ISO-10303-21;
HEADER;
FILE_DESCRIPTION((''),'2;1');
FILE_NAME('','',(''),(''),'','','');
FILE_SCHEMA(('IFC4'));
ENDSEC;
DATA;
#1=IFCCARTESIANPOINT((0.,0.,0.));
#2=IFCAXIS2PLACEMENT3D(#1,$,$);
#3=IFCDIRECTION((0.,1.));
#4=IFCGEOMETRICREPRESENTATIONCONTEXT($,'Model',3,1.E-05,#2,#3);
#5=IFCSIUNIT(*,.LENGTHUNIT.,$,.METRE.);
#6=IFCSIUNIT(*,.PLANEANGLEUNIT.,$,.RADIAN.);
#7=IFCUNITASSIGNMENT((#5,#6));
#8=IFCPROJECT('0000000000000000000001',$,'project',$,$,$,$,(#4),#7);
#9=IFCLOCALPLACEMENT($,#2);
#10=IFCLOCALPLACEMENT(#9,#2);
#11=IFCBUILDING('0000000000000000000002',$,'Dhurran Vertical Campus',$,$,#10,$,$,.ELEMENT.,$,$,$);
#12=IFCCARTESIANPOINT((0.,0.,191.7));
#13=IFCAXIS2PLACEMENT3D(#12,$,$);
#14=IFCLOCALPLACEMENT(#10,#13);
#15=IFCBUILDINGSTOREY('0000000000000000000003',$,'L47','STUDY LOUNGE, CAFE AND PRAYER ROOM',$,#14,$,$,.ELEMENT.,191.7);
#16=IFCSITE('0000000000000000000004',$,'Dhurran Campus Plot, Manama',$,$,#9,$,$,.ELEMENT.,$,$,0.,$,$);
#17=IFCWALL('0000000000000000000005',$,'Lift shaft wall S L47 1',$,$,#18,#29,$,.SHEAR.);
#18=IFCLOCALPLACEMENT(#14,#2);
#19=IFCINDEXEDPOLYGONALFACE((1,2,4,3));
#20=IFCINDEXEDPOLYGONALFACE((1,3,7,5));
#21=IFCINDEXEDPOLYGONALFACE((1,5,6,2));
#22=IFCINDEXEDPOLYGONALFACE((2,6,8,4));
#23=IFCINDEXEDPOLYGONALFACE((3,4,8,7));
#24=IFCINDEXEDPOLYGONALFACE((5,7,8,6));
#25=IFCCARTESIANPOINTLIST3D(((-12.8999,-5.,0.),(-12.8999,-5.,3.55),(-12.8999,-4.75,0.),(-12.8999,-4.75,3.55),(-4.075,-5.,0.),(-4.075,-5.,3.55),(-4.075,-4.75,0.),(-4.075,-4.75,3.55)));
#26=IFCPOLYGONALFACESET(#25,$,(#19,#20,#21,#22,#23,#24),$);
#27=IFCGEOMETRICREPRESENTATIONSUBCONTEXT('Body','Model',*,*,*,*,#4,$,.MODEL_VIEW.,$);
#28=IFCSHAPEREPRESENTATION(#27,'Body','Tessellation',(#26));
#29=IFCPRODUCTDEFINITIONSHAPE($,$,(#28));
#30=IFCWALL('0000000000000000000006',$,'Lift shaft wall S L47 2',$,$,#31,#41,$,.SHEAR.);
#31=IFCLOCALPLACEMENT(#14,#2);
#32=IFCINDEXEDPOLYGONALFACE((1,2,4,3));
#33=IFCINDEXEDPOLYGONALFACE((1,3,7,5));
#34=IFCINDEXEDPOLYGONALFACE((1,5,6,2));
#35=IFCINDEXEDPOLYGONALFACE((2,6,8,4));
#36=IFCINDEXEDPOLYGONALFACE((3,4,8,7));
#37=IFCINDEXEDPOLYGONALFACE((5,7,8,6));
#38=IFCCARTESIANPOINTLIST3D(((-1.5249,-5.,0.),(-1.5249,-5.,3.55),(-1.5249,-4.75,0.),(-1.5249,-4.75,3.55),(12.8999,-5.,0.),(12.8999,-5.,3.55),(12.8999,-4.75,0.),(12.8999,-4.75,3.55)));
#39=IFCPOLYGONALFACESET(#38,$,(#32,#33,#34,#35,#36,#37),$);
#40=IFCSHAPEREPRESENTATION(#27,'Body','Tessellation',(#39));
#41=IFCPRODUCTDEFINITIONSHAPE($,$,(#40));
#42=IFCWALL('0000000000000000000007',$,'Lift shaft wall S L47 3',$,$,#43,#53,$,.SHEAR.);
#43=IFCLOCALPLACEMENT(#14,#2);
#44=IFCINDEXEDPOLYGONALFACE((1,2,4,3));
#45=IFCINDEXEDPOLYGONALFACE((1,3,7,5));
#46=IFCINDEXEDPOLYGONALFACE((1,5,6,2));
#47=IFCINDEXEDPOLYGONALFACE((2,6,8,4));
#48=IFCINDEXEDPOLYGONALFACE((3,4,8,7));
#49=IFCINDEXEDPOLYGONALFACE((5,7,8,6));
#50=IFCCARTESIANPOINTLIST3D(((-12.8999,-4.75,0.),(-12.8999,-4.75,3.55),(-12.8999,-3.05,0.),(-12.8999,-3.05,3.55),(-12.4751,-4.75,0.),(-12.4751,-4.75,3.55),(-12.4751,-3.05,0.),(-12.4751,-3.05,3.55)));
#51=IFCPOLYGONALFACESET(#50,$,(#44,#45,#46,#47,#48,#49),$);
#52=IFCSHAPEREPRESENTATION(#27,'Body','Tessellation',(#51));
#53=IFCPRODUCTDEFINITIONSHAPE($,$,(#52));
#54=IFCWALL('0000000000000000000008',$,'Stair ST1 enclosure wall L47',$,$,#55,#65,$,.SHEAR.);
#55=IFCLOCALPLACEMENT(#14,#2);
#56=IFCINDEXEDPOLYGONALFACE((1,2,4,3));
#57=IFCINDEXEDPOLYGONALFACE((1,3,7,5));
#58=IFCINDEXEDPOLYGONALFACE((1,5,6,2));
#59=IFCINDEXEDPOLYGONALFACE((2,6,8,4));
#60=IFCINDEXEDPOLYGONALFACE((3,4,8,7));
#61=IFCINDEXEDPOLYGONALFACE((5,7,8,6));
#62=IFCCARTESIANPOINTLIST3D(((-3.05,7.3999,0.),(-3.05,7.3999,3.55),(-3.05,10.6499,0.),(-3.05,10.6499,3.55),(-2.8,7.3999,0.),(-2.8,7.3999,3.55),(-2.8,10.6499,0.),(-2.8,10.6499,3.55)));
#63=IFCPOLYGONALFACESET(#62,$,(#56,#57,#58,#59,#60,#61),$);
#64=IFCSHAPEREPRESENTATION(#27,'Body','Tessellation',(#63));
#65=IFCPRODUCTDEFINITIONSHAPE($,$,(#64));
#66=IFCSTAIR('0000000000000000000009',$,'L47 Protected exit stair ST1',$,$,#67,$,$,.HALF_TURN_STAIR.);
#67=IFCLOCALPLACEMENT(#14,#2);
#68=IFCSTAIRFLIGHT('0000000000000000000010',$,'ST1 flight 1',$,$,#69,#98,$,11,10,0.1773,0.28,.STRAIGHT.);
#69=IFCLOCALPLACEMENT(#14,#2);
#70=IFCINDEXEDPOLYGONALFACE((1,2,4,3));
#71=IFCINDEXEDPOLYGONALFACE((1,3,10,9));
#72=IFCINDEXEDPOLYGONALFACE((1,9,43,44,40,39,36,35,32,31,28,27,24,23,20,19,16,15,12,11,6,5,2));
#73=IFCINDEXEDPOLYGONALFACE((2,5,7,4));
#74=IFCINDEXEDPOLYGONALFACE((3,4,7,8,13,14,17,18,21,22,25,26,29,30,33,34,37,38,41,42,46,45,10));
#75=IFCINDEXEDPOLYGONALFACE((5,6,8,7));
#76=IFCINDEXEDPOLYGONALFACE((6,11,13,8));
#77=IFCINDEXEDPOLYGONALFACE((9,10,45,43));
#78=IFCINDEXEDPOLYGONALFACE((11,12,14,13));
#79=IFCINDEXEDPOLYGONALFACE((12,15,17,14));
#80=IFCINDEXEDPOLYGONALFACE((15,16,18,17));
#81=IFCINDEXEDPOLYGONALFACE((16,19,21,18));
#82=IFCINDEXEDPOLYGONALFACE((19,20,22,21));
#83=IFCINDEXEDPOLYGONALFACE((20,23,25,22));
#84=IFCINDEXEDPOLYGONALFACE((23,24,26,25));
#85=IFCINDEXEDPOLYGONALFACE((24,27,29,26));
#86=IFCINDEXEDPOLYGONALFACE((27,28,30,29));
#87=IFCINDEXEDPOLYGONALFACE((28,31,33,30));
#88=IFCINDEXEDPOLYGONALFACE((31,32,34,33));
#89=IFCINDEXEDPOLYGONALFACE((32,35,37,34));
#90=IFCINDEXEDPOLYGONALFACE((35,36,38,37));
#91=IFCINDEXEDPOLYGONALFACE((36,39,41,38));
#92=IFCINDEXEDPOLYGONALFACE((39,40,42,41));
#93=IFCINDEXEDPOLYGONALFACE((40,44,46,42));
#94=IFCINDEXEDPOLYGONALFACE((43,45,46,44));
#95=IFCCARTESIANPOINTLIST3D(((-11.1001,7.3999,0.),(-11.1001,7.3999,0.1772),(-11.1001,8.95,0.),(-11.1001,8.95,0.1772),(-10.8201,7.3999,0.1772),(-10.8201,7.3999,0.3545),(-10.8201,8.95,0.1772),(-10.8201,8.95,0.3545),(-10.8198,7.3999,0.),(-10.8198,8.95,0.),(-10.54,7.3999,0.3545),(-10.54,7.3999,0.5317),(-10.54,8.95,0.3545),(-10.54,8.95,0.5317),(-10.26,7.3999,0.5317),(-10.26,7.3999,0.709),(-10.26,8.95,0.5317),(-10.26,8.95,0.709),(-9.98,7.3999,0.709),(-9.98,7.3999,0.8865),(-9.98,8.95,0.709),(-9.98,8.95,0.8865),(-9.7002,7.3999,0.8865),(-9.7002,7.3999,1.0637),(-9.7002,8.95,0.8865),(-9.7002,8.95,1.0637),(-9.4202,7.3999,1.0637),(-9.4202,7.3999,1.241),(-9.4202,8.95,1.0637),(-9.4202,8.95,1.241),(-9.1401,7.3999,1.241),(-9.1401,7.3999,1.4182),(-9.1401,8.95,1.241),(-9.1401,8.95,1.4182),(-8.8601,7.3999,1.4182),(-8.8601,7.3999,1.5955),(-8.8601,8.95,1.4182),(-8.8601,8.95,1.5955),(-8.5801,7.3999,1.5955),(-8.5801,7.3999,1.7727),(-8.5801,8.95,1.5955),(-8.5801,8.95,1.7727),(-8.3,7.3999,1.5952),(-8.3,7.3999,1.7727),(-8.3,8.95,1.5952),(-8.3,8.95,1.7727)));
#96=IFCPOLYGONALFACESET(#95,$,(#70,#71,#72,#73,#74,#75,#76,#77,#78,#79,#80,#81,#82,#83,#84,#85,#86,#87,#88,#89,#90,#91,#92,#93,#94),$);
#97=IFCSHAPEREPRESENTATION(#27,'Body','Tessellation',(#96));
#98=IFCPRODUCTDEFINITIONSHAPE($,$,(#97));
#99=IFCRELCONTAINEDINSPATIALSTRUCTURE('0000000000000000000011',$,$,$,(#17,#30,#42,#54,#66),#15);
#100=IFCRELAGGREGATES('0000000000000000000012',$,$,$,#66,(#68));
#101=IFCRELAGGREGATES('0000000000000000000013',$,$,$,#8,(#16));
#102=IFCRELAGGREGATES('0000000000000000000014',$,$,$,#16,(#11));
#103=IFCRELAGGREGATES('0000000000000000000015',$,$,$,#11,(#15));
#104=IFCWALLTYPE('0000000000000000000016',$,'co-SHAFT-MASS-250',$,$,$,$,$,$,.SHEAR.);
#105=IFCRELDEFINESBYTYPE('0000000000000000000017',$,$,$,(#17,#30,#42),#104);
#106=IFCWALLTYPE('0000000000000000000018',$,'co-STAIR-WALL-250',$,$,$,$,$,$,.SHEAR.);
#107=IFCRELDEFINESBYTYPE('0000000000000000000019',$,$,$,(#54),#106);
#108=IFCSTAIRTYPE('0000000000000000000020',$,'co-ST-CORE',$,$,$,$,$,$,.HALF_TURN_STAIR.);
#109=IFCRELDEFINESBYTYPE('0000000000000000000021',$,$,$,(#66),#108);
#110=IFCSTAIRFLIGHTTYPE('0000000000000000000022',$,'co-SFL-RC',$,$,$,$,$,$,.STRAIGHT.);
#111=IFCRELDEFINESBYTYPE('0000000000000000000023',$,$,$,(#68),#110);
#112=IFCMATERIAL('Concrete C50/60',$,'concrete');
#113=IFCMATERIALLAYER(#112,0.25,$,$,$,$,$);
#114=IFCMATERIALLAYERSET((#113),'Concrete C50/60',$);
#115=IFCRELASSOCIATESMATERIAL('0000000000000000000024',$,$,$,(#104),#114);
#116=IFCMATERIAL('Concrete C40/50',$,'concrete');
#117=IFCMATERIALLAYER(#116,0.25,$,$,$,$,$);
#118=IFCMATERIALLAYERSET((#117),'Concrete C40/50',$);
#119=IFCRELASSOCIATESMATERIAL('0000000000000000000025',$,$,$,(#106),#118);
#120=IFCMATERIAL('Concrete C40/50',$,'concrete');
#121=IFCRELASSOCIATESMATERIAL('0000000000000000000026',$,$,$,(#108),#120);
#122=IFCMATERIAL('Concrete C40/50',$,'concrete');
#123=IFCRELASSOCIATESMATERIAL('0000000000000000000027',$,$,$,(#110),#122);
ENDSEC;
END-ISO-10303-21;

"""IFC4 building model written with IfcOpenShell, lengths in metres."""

from ifc_helpers import new_model, si_unit, direction, frame, frame_2d, origin, place, context, subcontext, project, spatial, polyline, rectangle, outline, extrude, material, layer, layer_set, type_object, element, aggregate, save


model = new_model("IFC4")

# Units and contexts
model_context = context("Model", 3, precision=1e-05, world=origin(), true_north=direction((0.0, 1.0)))
body_context = subcontext(model_context, "Body", "Model", "MODEL_VIEW")
ifc_project = project(units=[si_unit("LENGTHUNIT", "METRE"), si_unit("PLANEANGLEUNIT", "RADIAN")], contexts=[model_context])

# Site, building, storey
site_placement = place(None, origin())
site = spatial("IfcSite", under=ifc_project, at=site_placement, Name="Dhurran Campus Plot, Manama", CompositionType="ELEMENT", RefElevation=0.0)
building_placement = place(site_placement, origin())
building = spatial("IfcBuilding", under=site, at=building_placement, Name="Dhurran Vertical Campus", CompositionType="ELEMENT")
storey_placement = place(building_placement, frame((0.0, 0.0, 191.7)))
storey = spatial("IfcBuildingStorey", under=building, at=storey_placement, Name="L47", Description="STUDY LOUNGE, CAFE AND PRAYER ROOM", CompositionType="ELEMENT", Elevation=191.7)

# Walls
ifc_material_1 = material(Name="Concrete C50/60", Category="concrete")
ifc_layer_1 = layer(ifc_material_1, 0.25)
ifc_layer_set_1 = layer_set([ifc_layer_1], Name="Concrete C50/60")
wall_type_1 = type_object("IfcWallType", Name="co-SHAFT-MASS-250", PredefinedType="SHEAR", material=ifc_layer_set_1)
wall_1_placement = place(storey_placement, origin())
element("IfcWall", 1, at=wall_1_placement, inside=storey, type_object=wall_type_1, Name="Lift shaft wall S L47 1", PredefinedType="SHEAR", context=body_context, shape_type="SweptSolid", body=[
    extrude(outline(polyline([(-12.8999, -5.0), (-4.075, -5.0), (-4.075, -4.75), (-12.8999, -4.75), (-12.8999, -5.0)])), origin(), (0.0, 0.0, 1.0), 3.55),
])
wall_2_placement = place(storey_placement, origin())
element("IfcWall", 2, at=wall_2_placement, inside=storey, type_object=wall_type_1, Name="Lift shaft wall S L47 2", PredefinedType="SHEAR", context=body_context, shape_type="SweptSolid", body=[
    extrude(outline(polyline([(-1.5249, -5.0), (12.8999, -5.0), (12.8999, -4.75), (-1.5249, -4.75), (-1.5249, -5.0)])), origin(), (0.0, 0.0, 1.0), 3.55),
])
wall_3_placement = place(storey_placement, origin())
element("IfcWall", 3, at=wall_3_placement, inside=storey, type_object=wall_type_1, Name="Lift shaft wall S L47 3", PredefinedType="SHEAR", context=body_context, shape_type="SweptSolid", body=[
    extrude(outline(polyline([(-12.8999, -4.75), (-12.4751, -4.75), (-12.4751, -3.05), (-12.8999, -3.05), (-12.8999, -4.75)])), origin(), (0.0, 0.0, 1.0), 3.55),
])
ifc_material_2 = material(Name="Concrete C40/50", Category="concrete")
ifc_layer_2 = layer(ifc_material_2, 0.25)
ifc_layer_set_2 = layer_set([ifc_layer_2], Name="Concrete C40/50")
wall_type_2 = type_object("IfcWallType", Name="co-STAIR-WALL-250", PredefinedType="SHEAR", material=ifc_layer_set_2)
wall_4_placement = place(storey_placement, frame((-2.925, 7.3999, 0.0), z_axis=(0.0, 0.0, 1.0), x_axis=(0.0, 1.0, 0.0)))
element("IfcWall", 4, at=wall_4_placement, inside=storey, type_object=wall_type_2, Name="Stair ST1 enclosure wall L47", PredefinedType="SHEAR", context=body_context, shape_type="SweptSolid", body=[
    extrude(rectangle(XDim=3.25, YDim=0.25, at=frame_2d((1.625, 0.0))), origin(), (0.0, 0.0, 1.0), 3.55),
])

# Stair, stair flight
ifc_material_3 = material(Name="Concrete C40/50", Category="concrete")
stair_type = type_object("IfcStairType", Name="co-ST-CORE", PredefinedType="HALF_TURN_STAIR", material=ifc_material_3)
stair_placement = place(storey_placement, origin())
stair = element("IfcStair", 5, at=stair_placement, inside=storey, type_object=stair_type, Name="L47 Protected exit stair ST1", PredefinedType="HALF_TURN_STAIR")
ifc_material_4 = material(Name="Concrete C40/50", Category="concrete")
stair_flight_type = type_object("IfcStairFlightType", Name="co-SFL-RC", PredefinedType="STRAIGHT", material=ifc_material_4)
stair_flight_placement = place(storey_placement, frame((-11.1001, 8.175, 0.0), z_axis=(0.0, 0.0, 1.0), x_axis=(1.0, 0.0, 0.0)))
stair_flight = element("IfcStairFlight", 6, at=stair_flight_placement, type_object=stair_flight_type, Name="ST1 flight 1", NumberOfRisers=11, NumberOfTreads=10, PredefinedType="STRAIGHT", RiserHeight=0.1773, TreadLength=0.28, context=body_context, shape_type="SweptSolid", body=[
    extrude(outline(polyline([(0.0, 0.0), (0.0, 0.1772), (0.28, 0.1772), (0.28, 0.3545), (0.5601, 0.3545), (0.5601, 0.5317), (0.8401, 0.5317), (0.8401, 0.709), (1.1201, 0.709), (1.1201, 0.8865), (1.3999, 0.8865), (1.3999, 1.0637), (1.6799, 1.0637), (1.6799, 1.241), (1.96, 1.241), (1.96, 1.4182), (2.24, 1.4182), (2.24, 1.5955), (2.52, 1.5955), (2.52, 1.7727), (2.8, 1.7727), (2.8, 1.95), (2.8, 1.5952), (0.2803, 0.0), (0.0, 0.0)])), frame((0.0, 0.7749, 0.0), z_axis=(0.0, -1.0, 0.0), x_axis=(1.0, 0.0, 0.0)), (0.0, 0.0, 1.0), 1.55),
])
aggregate(stair, [stair_flight])

save(model, "model.ifc")
